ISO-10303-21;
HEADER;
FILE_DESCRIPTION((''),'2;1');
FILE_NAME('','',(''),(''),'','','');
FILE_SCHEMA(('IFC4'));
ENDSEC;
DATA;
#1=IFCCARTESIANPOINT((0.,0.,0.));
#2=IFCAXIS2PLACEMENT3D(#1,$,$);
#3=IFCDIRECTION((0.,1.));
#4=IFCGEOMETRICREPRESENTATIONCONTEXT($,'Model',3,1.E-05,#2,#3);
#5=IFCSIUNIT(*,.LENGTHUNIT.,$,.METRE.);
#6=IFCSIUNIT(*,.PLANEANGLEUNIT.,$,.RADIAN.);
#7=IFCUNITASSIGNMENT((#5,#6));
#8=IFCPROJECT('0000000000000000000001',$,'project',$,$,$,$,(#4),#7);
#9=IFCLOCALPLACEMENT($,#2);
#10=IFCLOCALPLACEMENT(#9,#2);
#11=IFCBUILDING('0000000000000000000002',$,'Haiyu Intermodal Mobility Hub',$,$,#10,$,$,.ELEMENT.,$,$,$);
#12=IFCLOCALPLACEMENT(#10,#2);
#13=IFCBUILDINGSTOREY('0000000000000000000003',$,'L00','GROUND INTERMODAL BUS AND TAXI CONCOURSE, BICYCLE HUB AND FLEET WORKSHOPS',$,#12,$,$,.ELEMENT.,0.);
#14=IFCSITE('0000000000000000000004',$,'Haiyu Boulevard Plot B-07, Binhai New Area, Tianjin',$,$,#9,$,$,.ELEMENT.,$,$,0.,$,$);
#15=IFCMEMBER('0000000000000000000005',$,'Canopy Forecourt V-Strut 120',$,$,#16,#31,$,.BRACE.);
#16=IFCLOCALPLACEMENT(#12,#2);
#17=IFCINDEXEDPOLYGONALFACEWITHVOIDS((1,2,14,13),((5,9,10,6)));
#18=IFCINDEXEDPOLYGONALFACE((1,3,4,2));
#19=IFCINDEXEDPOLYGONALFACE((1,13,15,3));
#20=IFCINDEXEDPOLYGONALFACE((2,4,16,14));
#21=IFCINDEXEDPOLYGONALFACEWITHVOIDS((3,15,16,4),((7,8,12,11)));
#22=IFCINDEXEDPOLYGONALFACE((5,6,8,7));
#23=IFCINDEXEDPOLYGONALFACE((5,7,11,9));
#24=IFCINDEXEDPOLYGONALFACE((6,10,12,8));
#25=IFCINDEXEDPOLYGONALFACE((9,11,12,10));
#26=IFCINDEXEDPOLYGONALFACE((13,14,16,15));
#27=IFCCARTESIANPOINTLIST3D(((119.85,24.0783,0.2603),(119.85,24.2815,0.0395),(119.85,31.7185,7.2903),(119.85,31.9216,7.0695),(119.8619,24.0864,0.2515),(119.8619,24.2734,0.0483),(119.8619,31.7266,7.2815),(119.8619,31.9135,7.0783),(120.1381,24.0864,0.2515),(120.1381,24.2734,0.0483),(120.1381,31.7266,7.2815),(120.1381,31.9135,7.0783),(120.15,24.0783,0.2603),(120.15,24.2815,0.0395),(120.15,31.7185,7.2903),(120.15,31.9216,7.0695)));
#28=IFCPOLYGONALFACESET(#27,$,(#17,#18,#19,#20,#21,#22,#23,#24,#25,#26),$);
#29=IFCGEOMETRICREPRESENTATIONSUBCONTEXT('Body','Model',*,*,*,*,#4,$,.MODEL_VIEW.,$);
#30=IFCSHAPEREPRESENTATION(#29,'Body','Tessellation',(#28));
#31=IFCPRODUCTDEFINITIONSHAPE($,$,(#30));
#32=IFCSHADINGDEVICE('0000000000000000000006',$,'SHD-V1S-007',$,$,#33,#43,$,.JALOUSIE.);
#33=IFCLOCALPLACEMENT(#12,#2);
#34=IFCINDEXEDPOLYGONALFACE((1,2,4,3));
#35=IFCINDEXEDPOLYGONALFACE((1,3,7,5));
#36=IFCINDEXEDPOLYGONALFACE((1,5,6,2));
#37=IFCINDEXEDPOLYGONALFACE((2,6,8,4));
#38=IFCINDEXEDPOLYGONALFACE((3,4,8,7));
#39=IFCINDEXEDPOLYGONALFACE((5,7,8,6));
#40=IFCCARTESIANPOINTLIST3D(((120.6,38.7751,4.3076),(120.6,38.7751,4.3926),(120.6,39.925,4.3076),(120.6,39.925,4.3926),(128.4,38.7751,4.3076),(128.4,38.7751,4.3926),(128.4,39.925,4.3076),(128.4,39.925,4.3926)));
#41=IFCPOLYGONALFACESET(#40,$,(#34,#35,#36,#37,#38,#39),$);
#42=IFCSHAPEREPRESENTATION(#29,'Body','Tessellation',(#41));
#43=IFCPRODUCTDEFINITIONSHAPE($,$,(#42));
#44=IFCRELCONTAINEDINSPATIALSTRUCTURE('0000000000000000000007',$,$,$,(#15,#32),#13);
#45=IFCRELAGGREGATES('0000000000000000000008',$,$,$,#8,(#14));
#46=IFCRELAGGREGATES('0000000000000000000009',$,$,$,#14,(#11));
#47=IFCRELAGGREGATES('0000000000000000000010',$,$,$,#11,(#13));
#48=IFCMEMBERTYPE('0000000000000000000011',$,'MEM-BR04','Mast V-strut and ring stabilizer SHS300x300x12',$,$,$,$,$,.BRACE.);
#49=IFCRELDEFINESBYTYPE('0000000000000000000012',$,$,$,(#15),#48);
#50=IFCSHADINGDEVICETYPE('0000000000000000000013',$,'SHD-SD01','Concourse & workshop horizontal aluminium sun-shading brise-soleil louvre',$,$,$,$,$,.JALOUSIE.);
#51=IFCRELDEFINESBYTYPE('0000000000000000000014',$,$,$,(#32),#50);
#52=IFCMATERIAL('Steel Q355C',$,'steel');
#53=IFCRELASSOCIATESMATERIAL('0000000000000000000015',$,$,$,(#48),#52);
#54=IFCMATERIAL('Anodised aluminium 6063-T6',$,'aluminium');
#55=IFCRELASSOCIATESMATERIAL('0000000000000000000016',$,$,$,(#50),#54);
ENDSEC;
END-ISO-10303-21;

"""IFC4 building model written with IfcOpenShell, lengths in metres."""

from ifc_helpers import new_model, si_unit, direction, frame, origin, origin_2d, place, context, subcontext, project, spatial, rectangle, hollow_rectangle, extrude, material, material_profile, profile_set, type_object, element, save


model = new_model("IFC4")

# Units and contexts
model_context = context("Model", 3, precision=1e-05, world=origin(), true_north=direction((0.0, 1.0)))
body_context = subcontext(model_context, "Body", "Model", "MODEL_VIEW")
ifc_project = project(units=[si_unit("LENGTHUNIT", "METRE"), si_unit("PLANEANGLEUNIT", "RADIAN")], contexts=[model_context])

# Site, building, storey
site_placement = place(None, origin())
site = spatial("IfcSite", under=ifc_project, at=site_placement, Name="Haiyu Boulevard Plot B-07, Binhai New Area, Tianjin", CompositionType="ELEMENT", RefElevation=0.0)
building_placement = place(site_placement, origin())
building = spatial("IfcBuilding", under=site, at=building_placement, Name="Haiyu Intermodal Mobility Hub", CompositionType="ELEMENT")
storey_placement = place(building_placement, origin())
storey = spatial("IfcBuildingStorey", under=building, at=storey_placement, Name="L00", Description="GROUND INTERMODAL BUS AND TAXI CONCOURSE, BICYCLE HUB AND FLEET WORKSHOPS", CompositionType="ELEMENT", Elevation=0.0)

# Shared definitions
ifc_material_1 = material(Name="Steel Q355C", Category="steel")

# Member
ifc_material_profile_1 = material_profile(ifc_material_1, hollow_rectangle(XDim=0.3, YDim=0.3, WallThickness=0.012, at=origin_2d()), Name="SHS300x300x12")
ifc_profile_set_1 = profile_set([ifc_material_profile_1], Name="Steel Q355C")
member_type_1 = type_object("IfcMemberType", Name="MEM-BR04", Description="Mast V-strut and ring stabilizer SHS300x300x12", PredefinedType="BRACE", material=ifc_profile_set_1)
member_1_placement = place(storey_placement, frame((120.0, 24.1799, 0.1499), z_axis=(0.0, 0.735878, 0.677114), x_axis=(-1.0, 0.0, 0.0)))
element("IfcMember", 1, at=member_1_placement, inside=storey, type_object=member_type_1, Name="Canopy Forecourt V-Strut 120", PredefinedType="BRACE", context=body_context, shape_type="SweptSolid", body=[
    extrude(hollow_rectangle(XDim=0.3, YDim=0.3, WallThickness=0.012, at=origin_2d()), origin(), (0.0, 0.0, 1.0), 10.3823),
])

# Shading device
ifc_material_2 = material(Name="Anodised aluminium 6063-T6", Category="aluminium")
ifc_material_profile_2 = material_profile(ifc_material_2, rectangle(XDim=0.0801, YDim=0.45, at=origin_2d()), Name="FIN80x450")
ifc_profile_set_2 = profile_set([ifc_material_profile_2], Name="Anodised aluminium 6063-T6")
shading_device_type = type_object("IfcShadingDeviceType", Name="SHD-SD01", Description="Concourse & workshop horizontal aluminium sun-shading brise-soleil louvre", PredefinedType="JALOUSIE", material=ifc_profile_set_2)
shading_device_placement = place(storey_placement, frame((124.5, 39.3501, 4.3076), z_axis=(0.0, 0.0, 1.0), x_axis=(1.0, 0.0, 0.0)))
element("IfcShadingDevice", 2, at=shading_device_placement, inside=storey, type_object=shading_device_type, Name="SHD-V1S-007", PredefinedType="JALOUSIE", context=body_context, shape_type="SweptSolid", body=[
    extrude(rectangle(XDim=7.8, YDim=1.1499, at=origin_2d()), origin(), (0.0, 0.0, 1.0), 0.085),
])

save(model, "model.ifc")
